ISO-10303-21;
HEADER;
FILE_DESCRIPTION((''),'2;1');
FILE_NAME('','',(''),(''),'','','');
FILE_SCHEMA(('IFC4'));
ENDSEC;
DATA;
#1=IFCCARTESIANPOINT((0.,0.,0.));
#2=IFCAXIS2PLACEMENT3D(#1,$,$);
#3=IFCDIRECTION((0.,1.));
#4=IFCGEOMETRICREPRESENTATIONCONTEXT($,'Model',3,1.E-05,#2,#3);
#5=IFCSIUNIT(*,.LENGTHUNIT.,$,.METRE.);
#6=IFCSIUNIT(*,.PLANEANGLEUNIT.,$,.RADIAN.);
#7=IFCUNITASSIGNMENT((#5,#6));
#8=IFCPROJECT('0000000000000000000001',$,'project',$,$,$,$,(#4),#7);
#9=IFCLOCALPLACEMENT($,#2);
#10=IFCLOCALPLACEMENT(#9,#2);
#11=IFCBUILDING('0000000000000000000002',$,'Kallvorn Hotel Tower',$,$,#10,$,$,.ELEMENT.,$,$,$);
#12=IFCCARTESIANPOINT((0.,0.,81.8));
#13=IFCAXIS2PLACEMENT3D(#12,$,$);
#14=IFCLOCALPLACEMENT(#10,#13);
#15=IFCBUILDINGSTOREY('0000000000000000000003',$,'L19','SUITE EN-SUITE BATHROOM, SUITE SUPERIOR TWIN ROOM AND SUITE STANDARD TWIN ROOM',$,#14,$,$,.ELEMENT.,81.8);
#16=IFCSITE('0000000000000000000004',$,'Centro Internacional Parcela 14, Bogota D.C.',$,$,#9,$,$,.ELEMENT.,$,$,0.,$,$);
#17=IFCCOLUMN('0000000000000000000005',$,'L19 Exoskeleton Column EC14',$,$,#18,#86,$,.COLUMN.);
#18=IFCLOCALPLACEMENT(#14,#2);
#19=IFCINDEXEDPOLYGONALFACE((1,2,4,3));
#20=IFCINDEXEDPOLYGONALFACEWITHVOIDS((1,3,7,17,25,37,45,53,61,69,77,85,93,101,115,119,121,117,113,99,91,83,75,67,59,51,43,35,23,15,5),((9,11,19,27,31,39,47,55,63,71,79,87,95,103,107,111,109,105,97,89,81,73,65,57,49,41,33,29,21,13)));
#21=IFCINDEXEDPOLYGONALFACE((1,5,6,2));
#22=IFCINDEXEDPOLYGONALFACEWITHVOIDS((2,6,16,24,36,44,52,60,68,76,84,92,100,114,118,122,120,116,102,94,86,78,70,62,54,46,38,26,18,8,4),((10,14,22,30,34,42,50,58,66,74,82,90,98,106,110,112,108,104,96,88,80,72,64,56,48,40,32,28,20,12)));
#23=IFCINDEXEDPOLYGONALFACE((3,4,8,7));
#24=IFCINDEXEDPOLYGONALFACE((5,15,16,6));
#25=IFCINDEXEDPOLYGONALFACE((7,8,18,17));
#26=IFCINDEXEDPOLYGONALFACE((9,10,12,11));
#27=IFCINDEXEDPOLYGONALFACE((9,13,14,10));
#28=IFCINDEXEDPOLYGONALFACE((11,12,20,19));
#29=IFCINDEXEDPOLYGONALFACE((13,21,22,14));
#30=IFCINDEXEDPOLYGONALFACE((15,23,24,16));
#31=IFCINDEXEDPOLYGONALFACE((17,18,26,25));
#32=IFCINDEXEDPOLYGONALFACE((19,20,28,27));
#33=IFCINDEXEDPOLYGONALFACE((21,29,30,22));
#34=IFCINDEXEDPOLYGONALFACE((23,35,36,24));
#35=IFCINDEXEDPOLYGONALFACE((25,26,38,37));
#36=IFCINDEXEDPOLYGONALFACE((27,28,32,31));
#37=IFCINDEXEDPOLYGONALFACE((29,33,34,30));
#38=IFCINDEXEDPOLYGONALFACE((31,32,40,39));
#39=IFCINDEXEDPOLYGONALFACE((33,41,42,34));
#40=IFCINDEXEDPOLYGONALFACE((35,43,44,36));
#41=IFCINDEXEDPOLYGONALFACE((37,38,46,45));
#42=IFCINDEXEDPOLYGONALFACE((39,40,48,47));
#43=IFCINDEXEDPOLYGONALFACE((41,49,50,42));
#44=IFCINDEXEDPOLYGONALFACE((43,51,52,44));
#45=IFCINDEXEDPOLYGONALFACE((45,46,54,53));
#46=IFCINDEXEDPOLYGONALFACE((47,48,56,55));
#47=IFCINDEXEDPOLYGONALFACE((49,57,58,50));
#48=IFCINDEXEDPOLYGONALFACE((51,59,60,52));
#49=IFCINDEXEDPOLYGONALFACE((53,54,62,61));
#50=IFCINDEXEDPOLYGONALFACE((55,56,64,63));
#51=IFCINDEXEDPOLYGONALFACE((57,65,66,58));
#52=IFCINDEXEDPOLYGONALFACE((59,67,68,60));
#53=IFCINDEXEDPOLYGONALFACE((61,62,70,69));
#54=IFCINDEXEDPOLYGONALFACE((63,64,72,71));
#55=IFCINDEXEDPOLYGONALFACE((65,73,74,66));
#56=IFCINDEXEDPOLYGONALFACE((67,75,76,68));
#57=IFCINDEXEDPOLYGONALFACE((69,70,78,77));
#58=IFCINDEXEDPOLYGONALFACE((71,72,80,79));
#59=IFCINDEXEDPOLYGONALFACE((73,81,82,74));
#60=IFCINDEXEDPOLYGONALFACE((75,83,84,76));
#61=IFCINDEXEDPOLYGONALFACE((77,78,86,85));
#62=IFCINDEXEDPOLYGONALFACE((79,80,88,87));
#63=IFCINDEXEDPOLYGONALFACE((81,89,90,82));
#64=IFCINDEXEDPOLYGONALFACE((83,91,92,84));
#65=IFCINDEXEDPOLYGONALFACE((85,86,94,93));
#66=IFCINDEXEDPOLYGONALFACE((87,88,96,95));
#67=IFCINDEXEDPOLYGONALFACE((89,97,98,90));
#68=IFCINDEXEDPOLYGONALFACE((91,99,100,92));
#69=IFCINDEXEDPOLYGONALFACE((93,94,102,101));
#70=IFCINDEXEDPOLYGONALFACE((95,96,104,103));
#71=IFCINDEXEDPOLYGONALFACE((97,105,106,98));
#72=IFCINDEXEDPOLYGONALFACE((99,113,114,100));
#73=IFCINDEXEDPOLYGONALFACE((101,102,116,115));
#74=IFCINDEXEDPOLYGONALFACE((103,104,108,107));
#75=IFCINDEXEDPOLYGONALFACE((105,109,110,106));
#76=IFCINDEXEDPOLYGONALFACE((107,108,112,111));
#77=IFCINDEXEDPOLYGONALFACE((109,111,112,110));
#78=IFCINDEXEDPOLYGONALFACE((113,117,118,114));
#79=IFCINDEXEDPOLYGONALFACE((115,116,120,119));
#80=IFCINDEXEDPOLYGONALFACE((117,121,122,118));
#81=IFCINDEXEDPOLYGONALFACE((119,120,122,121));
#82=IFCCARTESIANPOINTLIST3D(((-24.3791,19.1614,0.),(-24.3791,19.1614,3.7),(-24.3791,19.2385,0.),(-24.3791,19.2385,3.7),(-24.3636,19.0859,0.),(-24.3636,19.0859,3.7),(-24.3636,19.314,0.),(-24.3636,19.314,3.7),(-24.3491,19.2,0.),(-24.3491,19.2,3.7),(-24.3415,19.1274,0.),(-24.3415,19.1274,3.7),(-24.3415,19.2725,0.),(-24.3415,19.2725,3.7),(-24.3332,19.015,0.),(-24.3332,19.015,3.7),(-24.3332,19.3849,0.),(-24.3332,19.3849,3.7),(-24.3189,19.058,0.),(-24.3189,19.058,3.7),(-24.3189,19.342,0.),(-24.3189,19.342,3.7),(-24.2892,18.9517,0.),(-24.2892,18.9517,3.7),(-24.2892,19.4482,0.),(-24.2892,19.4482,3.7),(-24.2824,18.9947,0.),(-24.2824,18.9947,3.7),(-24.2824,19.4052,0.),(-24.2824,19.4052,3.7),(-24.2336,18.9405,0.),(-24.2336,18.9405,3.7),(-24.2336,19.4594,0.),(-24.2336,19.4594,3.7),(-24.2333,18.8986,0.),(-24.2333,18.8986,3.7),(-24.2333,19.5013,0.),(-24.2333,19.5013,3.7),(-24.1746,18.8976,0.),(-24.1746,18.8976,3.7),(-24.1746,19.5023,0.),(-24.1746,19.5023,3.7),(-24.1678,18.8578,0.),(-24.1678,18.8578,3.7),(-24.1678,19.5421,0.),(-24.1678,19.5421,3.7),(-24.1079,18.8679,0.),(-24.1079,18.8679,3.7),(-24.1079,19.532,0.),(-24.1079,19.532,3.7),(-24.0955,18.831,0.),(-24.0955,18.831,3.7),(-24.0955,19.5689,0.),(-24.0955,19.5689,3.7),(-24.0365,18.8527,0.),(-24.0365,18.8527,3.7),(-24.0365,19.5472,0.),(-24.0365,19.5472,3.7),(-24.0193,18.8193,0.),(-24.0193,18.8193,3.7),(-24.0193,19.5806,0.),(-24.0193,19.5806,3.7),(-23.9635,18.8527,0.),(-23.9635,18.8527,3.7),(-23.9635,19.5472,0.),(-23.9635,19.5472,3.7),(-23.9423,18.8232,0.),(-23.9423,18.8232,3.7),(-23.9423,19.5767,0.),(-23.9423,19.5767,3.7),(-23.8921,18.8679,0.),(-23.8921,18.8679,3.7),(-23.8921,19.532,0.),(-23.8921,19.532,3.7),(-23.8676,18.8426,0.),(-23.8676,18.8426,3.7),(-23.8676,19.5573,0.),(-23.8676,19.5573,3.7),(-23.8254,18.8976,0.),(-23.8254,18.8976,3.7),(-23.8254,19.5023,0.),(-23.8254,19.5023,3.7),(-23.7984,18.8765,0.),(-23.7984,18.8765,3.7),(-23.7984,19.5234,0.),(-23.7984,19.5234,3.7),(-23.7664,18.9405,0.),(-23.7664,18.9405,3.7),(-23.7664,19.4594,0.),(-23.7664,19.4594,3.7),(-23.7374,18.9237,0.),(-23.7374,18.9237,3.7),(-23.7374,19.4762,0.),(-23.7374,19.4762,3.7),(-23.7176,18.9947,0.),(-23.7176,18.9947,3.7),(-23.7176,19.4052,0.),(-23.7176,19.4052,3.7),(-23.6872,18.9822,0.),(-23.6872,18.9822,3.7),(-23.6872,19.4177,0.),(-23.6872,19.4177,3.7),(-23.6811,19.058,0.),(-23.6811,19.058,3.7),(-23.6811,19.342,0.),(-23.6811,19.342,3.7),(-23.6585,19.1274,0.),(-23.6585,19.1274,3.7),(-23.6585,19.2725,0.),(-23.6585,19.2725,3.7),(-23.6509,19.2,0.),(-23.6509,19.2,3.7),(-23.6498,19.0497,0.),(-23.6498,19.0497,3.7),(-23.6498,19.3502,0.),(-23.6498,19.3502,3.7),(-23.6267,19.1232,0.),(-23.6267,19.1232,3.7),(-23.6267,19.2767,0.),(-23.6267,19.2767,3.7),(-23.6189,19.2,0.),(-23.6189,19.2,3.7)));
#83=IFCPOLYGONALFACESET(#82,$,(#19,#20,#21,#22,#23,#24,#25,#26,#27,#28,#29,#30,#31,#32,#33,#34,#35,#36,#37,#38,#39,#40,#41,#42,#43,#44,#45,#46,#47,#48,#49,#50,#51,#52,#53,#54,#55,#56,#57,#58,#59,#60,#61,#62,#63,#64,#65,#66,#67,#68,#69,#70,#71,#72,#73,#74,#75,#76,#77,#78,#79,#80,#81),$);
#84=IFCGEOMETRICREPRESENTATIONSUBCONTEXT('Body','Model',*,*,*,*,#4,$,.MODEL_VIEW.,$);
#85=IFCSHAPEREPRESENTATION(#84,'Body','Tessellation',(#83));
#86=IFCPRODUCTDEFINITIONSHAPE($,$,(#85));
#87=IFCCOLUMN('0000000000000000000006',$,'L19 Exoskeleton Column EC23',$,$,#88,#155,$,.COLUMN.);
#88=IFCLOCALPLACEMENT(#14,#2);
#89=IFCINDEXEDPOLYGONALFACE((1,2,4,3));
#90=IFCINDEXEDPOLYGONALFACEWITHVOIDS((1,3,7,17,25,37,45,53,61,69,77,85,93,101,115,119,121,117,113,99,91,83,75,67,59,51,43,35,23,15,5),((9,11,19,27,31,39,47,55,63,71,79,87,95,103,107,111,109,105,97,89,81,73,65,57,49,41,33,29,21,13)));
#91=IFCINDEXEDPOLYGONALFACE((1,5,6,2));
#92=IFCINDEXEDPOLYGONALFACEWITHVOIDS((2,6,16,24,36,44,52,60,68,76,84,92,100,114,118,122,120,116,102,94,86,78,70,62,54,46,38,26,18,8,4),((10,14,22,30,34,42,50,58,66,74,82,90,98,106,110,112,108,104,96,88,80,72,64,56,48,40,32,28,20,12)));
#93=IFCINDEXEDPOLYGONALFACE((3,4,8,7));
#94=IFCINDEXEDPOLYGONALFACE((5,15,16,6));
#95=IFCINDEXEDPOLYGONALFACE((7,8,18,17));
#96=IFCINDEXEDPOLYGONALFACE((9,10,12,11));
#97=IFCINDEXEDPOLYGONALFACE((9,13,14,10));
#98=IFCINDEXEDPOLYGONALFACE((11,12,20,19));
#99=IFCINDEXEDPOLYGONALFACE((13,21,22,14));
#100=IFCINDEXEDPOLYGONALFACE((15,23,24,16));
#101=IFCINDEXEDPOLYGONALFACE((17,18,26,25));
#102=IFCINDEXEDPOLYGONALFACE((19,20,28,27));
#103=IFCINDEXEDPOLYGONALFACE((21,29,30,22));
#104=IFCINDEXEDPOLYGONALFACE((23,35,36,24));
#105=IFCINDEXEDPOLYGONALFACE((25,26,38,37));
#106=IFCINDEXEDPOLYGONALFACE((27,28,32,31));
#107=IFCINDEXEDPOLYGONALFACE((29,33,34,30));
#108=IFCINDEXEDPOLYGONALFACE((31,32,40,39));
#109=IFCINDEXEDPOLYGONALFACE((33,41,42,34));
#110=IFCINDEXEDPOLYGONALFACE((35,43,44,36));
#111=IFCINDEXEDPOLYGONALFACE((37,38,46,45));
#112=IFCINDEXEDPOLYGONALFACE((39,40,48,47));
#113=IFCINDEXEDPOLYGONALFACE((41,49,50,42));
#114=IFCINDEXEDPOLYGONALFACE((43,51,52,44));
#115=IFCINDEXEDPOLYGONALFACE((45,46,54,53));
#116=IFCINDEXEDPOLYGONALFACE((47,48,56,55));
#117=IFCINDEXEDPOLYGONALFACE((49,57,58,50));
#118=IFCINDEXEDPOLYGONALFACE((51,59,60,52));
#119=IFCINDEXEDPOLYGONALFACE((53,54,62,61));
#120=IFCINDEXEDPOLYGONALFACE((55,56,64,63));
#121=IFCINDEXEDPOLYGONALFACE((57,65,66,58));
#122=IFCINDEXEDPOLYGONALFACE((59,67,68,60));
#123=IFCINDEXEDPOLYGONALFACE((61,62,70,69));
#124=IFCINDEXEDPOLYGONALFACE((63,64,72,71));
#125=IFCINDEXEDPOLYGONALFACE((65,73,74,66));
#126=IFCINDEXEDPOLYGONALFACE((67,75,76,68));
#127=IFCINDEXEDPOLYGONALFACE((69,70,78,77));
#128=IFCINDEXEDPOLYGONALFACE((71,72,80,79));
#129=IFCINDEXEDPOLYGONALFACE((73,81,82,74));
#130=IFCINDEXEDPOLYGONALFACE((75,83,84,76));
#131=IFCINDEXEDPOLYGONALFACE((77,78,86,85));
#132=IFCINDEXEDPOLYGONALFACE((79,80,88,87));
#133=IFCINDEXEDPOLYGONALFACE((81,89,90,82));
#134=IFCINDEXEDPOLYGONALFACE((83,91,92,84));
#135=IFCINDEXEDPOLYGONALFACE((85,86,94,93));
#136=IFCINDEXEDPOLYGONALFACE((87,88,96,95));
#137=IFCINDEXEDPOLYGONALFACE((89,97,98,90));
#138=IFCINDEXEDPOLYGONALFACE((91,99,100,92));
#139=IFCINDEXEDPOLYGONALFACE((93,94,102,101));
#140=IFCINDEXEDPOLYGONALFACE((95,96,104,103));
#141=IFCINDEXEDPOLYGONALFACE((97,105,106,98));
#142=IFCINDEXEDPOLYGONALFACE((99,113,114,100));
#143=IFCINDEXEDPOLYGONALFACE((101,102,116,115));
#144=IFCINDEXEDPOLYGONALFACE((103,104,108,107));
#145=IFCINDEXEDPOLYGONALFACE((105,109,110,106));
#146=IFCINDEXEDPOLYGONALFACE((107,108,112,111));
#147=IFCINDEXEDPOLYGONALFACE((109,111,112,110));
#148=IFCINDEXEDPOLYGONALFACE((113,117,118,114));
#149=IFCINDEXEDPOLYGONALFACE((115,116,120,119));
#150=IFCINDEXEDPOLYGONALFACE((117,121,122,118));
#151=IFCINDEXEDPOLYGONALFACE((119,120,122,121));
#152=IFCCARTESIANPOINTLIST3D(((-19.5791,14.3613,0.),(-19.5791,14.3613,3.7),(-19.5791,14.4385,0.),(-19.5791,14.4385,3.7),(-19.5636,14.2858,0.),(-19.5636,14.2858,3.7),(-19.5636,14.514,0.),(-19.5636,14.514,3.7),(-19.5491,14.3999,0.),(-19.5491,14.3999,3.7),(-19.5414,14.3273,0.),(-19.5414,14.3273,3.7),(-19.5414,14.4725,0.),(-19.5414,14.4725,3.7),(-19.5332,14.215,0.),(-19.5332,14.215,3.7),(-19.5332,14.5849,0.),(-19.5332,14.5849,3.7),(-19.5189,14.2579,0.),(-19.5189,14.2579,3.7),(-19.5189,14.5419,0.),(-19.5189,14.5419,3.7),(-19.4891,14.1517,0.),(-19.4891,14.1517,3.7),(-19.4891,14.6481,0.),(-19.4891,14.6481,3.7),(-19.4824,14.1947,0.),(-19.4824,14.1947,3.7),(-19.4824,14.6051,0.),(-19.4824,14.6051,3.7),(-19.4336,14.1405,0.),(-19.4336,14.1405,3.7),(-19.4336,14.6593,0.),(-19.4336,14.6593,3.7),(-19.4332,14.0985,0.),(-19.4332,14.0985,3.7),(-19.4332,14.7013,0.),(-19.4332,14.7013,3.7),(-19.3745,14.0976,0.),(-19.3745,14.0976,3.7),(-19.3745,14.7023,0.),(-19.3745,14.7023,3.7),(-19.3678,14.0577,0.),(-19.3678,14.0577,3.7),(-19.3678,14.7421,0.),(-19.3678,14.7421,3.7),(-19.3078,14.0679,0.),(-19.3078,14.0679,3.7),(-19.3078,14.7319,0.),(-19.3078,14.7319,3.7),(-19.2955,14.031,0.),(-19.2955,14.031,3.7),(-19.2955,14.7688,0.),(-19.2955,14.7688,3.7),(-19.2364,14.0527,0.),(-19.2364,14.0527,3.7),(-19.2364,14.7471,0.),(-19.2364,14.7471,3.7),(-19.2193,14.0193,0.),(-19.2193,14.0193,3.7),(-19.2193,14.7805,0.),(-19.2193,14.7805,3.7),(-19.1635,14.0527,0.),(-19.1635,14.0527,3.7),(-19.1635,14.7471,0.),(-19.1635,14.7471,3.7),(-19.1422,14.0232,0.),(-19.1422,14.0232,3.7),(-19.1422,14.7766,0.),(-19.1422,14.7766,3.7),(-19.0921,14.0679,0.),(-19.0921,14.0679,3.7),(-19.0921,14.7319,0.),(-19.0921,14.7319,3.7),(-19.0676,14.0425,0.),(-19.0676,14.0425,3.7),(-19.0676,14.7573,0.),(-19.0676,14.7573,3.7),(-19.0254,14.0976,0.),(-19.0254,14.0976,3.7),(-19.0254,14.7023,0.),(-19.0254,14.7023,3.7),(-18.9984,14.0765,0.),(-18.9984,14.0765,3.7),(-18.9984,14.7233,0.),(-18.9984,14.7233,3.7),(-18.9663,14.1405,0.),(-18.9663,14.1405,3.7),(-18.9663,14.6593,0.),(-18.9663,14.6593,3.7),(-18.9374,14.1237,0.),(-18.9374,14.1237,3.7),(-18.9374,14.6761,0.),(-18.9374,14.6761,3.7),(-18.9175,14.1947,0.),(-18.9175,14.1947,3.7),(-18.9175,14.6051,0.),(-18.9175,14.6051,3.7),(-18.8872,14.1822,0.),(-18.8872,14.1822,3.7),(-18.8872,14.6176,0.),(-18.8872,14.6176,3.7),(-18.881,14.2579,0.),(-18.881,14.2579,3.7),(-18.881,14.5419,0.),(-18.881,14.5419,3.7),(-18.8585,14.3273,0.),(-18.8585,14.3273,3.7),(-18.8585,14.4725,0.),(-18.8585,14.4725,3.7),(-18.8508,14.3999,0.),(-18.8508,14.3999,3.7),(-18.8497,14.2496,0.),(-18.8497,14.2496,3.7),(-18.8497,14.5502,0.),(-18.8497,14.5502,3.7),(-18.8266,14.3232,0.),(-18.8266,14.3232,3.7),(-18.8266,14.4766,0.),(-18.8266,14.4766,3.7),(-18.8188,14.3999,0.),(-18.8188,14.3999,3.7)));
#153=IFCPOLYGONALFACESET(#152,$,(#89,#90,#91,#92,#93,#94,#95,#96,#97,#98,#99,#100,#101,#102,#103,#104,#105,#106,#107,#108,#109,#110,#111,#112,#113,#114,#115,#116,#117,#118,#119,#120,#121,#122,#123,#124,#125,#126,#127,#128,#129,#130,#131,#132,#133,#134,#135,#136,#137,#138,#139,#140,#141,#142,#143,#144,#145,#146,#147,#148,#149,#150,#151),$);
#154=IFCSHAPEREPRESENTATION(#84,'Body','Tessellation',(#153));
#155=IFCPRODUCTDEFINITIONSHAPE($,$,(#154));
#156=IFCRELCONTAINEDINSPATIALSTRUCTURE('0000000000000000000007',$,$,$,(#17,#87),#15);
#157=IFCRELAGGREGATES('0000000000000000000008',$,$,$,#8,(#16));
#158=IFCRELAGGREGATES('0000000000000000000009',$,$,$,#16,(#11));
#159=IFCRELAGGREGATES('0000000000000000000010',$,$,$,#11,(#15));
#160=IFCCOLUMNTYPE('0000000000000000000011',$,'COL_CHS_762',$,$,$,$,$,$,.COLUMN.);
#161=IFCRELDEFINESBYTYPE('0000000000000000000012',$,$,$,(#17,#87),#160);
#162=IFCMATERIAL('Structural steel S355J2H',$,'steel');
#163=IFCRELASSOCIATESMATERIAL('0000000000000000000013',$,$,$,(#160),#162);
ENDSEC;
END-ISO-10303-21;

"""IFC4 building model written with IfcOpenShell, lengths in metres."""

from ifc_helpers import new_model, si_unit, direction, frame, origin, origin_2d, place, context, subcontext, project, spatial, hollow_circle, extrude, material, material_profile, profile_set, type_object, element, save


model = new_model("IFC4")

# Units and contexts
model_context = context("Model", 3, precision=1e-05, world=origin(), true_north=direction((0.0, 1.0)))
body_context = subcontext(model_context, "Body", "Model", "MODEL_VIEW")
ifc_project = project(units=[si_unit("LENGTHUNIT", "METRE"), si_unit("PLANEANGLEUNIT", "RADIAN")], contexts=[model_context])

# Site, building, storey
site_placement = place(None, origin())
site = spatial("IfcSite", under=ifc_project, at=site_placement, Name="Centro Internacional Parcela 14, Bogota D.C.", CompositionType="ELEMENT", RefElevation=0.0)
building_placement = place(site_placement, origin())
building = spatial("IfcBuilding", under=site, at=building_placement, Name="Kallvorn Hotel Tower", CompositionType="ELEMENT")
storey_placement = place(building_placement, frame((0.0, 0.0, 81.8)))
storey = spatial("IfcBuildingStorey", under=building, at=storey_placement, Name="L19", Description="SUITE EN-SUITE BATHROOM, SUITE SUPERIOR TWIN ROOM AND SUITE STANDARD TWIN ROOM", CompositionType="ELEMENT", Elevation=81.8)

# Columns
ifc_material_1 = material(Name="Structural steel S355J2H", Category="steel")
ifc_material_profile_1 = material_profile(ifc_material_1, hollow_circle(Radius=0.3811, WallThickness=0.032, at=origin_2d()), Name="CHS 762x32")
ifc_profile_set_1 = profile_set([ifc_material_profile_1], Name="Structural steel S355J2H")
column_type_1 = type_object("IfcColumnType", Name="COL_CHS_762", PredefinedType="COLUMN", material=ifc_profile_set_1)
for number, where, z_axis, x_axis, name in (
    (1, (-24.0, 19.2, 0.0), (0.0, 0.0, 1.0), (1.0, 0.0, 0.0), "L19 Exoskeleton Column EC14"),
    (2, (-19.2, 14.3999, 0.0), (0.0, 0.0, 1.0), (1.0, 0.0, 0.0), "L19 Exoskeleton Column EC23"),
):
    element("IfcColumn", number, at=place(storey_placement, frame(where, z_axis=z_axis, x_axis=x_axis)), inside=storey, type_object=column_type_1, Name=name, PredefinedType="COLUMN", context=body_context, shape_type="SweptSolid", body=[
        extrude(hollow_circle(Radius=0.3811, WallThickness=0.032, at=origin_2d()), origin(), (0.0, 0.0, 1.0), 3.7),
    ])

save(model, "model.ifc")
